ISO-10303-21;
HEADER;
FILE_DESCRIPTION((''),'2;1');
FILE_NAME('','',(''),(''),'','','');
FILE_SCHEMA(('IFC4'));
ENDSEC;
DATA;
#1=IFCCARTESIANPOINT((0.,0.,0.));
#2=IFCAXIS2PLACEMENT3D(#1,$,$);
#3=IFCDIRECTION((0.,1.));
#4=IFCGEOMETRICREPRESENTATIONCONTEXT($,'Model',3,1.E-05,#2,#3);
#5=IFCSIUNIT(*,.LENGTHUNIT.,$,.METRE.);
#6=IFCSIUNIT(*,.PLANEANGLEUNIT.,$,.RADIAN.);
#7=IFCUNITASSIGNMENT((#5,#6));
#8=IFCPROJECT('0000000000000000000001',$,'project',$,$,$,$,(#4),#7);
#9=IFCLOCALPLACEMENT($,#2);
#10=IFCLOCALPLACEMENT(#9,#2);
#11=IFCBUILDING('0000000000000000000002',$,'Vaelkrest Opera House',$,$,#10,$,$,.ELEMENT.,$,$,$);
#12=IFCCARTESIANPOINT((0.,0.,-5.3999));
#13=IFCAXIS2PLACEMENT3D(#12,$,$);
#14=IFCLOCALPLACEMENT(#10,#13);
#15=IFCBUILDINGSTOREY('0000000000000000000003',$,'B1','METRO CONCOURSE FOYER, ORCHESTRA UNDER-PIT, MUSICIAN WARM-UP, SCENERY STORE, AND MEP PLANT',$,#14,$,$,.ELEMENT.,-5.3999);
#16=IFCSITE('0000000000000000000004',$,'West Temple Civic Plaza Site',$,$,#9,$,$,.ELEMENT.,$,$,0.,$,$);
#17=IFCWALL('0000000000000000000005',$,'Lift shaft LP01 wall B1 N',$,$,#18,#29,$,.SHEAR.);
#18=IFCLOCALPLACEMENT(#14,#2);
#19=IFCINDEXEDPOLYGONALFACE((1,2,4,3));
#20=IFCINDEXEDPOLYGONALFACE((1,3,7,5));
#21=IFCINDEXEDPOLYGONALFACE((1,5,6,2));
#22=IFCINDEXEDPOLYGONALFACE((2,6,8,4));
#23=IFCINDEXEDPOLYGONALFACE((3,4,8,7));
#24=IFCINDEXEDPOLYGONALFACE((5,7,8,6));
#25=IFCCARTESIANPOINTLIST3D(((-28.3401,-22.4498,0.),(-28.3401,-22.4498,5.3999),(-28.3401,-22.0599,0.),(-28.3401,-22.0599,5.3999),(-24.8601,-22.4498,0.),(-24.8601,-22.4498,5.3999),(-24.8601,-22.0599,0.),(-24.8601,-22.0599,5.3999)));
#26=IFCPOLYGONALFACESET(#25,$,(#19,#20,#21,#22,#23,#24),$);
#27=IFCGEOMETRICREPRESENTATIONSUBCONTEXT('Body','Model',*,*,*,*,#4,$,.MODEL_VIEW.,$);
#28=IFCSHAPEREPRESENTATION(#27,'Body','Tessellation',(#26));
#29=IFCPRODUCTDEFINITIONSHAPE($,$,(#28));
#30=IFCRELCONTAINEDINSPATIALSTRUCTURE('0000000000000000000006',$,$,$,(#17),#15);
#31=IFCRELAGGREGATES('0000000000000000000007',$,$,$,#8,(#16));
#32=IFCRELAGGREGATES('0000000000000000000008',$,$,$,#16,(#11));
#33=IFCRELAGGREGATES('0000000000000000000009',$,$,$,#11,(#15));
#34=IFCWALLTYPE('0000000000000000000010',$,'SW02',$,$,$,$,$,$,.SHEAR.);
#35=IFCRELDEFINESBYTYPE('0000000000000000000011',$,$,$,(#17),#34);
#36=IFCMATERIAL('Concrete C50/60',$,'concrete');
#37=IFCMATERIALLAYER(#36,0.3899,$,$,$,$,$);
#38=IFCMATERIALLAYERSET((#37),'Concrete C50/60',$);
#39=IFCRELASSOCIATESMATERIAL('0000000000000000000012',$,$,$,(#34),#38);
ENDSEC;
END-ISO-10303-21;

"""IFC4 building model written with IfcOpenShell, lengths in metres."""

from ifc_helpers import new_model, si_unit, direction, frame, frame_2d, origin, place, context, subcontext, project, spatial, rectangle, extrude, material, layer, layer_set, type_object, element, save


model = new_model("IFC4")

# Units and contexts
model_context = context("Model", 3, precision=1e-05, world=origin(), true_north=direction((0.0, 1.0)))
body_context = subcontext(model_context, "Body", "Model", "MODEL_VIEW")
ifc_project = project(units=[si_unit("LENGTHUNIT", "METRE"), si_unit("PLANEANGLEUNIT", "RADIAN")], contexts=[model_context])

# Site, building, storey
site_placement = place(None, origin())
site = spatial("IfcSite", under=ifc_project, at=site_placement, Name="West Temple Civic Plaza Site", CompositionType="ELEMENT", RefElevation=0.0)
building_placement = place(site_placement, origin())
building = spatial("IfcBuilding", under=site, at=building_placement, Name="Vaelkrest Opera House", CompositionType="ELEMENT")
storey_placement = place(building_placement, frame((0.0, 0.0, -5.3999)))
storey = spatial("IfcBuildingStorey", under=building, at=storey_placement, Name="B1", Description="METRO CONCOURSE FOYER, ORCHESTRA UNDER-PIT, MUSICIAN WARM-UP, SCENERY STORE, AND MEP PLANT", CompositionType="ELEMENT", Elevation=-5.3999)

# Shared definitions
ifc_material_1 = material(Name="Concrete C50/60", Category="concrete")

# Wall
ifc_layer_1 = layer(ifc_material_1, 0.3899)
ifc_layer_set_1 = layer_set([ifc_layer_1], Name="Concrete C50/60")
wall_type_1 = type_object("IfcWallType", Name="SW02", PredefinedType="SHEAR", material=ifc_layer_set_1)
wall_1_placement = place(storey_placement, frame((-28.3401, -22.2549, 0.0), z_axis=(0.0, 0.0, 1.0), x_axis=(1.0, 0.0, 0.0)))
element("IfcWall", 1, at=wall_1_placement, inside=storey, type_object=wall_type_1, Name="Lift shaft LP01 wall B1 N", PredefinedType="SHEAR", context=body_context, shape_type="SweptSolid", body=[
    extrude(rectangle(XDim=3.48, YDim=0.3899, at=frame_2d((1.74, 0.0))), origin(), (0.0, 0.0, 1.0), 5.3999),
])

save(model, "model.ifc")
